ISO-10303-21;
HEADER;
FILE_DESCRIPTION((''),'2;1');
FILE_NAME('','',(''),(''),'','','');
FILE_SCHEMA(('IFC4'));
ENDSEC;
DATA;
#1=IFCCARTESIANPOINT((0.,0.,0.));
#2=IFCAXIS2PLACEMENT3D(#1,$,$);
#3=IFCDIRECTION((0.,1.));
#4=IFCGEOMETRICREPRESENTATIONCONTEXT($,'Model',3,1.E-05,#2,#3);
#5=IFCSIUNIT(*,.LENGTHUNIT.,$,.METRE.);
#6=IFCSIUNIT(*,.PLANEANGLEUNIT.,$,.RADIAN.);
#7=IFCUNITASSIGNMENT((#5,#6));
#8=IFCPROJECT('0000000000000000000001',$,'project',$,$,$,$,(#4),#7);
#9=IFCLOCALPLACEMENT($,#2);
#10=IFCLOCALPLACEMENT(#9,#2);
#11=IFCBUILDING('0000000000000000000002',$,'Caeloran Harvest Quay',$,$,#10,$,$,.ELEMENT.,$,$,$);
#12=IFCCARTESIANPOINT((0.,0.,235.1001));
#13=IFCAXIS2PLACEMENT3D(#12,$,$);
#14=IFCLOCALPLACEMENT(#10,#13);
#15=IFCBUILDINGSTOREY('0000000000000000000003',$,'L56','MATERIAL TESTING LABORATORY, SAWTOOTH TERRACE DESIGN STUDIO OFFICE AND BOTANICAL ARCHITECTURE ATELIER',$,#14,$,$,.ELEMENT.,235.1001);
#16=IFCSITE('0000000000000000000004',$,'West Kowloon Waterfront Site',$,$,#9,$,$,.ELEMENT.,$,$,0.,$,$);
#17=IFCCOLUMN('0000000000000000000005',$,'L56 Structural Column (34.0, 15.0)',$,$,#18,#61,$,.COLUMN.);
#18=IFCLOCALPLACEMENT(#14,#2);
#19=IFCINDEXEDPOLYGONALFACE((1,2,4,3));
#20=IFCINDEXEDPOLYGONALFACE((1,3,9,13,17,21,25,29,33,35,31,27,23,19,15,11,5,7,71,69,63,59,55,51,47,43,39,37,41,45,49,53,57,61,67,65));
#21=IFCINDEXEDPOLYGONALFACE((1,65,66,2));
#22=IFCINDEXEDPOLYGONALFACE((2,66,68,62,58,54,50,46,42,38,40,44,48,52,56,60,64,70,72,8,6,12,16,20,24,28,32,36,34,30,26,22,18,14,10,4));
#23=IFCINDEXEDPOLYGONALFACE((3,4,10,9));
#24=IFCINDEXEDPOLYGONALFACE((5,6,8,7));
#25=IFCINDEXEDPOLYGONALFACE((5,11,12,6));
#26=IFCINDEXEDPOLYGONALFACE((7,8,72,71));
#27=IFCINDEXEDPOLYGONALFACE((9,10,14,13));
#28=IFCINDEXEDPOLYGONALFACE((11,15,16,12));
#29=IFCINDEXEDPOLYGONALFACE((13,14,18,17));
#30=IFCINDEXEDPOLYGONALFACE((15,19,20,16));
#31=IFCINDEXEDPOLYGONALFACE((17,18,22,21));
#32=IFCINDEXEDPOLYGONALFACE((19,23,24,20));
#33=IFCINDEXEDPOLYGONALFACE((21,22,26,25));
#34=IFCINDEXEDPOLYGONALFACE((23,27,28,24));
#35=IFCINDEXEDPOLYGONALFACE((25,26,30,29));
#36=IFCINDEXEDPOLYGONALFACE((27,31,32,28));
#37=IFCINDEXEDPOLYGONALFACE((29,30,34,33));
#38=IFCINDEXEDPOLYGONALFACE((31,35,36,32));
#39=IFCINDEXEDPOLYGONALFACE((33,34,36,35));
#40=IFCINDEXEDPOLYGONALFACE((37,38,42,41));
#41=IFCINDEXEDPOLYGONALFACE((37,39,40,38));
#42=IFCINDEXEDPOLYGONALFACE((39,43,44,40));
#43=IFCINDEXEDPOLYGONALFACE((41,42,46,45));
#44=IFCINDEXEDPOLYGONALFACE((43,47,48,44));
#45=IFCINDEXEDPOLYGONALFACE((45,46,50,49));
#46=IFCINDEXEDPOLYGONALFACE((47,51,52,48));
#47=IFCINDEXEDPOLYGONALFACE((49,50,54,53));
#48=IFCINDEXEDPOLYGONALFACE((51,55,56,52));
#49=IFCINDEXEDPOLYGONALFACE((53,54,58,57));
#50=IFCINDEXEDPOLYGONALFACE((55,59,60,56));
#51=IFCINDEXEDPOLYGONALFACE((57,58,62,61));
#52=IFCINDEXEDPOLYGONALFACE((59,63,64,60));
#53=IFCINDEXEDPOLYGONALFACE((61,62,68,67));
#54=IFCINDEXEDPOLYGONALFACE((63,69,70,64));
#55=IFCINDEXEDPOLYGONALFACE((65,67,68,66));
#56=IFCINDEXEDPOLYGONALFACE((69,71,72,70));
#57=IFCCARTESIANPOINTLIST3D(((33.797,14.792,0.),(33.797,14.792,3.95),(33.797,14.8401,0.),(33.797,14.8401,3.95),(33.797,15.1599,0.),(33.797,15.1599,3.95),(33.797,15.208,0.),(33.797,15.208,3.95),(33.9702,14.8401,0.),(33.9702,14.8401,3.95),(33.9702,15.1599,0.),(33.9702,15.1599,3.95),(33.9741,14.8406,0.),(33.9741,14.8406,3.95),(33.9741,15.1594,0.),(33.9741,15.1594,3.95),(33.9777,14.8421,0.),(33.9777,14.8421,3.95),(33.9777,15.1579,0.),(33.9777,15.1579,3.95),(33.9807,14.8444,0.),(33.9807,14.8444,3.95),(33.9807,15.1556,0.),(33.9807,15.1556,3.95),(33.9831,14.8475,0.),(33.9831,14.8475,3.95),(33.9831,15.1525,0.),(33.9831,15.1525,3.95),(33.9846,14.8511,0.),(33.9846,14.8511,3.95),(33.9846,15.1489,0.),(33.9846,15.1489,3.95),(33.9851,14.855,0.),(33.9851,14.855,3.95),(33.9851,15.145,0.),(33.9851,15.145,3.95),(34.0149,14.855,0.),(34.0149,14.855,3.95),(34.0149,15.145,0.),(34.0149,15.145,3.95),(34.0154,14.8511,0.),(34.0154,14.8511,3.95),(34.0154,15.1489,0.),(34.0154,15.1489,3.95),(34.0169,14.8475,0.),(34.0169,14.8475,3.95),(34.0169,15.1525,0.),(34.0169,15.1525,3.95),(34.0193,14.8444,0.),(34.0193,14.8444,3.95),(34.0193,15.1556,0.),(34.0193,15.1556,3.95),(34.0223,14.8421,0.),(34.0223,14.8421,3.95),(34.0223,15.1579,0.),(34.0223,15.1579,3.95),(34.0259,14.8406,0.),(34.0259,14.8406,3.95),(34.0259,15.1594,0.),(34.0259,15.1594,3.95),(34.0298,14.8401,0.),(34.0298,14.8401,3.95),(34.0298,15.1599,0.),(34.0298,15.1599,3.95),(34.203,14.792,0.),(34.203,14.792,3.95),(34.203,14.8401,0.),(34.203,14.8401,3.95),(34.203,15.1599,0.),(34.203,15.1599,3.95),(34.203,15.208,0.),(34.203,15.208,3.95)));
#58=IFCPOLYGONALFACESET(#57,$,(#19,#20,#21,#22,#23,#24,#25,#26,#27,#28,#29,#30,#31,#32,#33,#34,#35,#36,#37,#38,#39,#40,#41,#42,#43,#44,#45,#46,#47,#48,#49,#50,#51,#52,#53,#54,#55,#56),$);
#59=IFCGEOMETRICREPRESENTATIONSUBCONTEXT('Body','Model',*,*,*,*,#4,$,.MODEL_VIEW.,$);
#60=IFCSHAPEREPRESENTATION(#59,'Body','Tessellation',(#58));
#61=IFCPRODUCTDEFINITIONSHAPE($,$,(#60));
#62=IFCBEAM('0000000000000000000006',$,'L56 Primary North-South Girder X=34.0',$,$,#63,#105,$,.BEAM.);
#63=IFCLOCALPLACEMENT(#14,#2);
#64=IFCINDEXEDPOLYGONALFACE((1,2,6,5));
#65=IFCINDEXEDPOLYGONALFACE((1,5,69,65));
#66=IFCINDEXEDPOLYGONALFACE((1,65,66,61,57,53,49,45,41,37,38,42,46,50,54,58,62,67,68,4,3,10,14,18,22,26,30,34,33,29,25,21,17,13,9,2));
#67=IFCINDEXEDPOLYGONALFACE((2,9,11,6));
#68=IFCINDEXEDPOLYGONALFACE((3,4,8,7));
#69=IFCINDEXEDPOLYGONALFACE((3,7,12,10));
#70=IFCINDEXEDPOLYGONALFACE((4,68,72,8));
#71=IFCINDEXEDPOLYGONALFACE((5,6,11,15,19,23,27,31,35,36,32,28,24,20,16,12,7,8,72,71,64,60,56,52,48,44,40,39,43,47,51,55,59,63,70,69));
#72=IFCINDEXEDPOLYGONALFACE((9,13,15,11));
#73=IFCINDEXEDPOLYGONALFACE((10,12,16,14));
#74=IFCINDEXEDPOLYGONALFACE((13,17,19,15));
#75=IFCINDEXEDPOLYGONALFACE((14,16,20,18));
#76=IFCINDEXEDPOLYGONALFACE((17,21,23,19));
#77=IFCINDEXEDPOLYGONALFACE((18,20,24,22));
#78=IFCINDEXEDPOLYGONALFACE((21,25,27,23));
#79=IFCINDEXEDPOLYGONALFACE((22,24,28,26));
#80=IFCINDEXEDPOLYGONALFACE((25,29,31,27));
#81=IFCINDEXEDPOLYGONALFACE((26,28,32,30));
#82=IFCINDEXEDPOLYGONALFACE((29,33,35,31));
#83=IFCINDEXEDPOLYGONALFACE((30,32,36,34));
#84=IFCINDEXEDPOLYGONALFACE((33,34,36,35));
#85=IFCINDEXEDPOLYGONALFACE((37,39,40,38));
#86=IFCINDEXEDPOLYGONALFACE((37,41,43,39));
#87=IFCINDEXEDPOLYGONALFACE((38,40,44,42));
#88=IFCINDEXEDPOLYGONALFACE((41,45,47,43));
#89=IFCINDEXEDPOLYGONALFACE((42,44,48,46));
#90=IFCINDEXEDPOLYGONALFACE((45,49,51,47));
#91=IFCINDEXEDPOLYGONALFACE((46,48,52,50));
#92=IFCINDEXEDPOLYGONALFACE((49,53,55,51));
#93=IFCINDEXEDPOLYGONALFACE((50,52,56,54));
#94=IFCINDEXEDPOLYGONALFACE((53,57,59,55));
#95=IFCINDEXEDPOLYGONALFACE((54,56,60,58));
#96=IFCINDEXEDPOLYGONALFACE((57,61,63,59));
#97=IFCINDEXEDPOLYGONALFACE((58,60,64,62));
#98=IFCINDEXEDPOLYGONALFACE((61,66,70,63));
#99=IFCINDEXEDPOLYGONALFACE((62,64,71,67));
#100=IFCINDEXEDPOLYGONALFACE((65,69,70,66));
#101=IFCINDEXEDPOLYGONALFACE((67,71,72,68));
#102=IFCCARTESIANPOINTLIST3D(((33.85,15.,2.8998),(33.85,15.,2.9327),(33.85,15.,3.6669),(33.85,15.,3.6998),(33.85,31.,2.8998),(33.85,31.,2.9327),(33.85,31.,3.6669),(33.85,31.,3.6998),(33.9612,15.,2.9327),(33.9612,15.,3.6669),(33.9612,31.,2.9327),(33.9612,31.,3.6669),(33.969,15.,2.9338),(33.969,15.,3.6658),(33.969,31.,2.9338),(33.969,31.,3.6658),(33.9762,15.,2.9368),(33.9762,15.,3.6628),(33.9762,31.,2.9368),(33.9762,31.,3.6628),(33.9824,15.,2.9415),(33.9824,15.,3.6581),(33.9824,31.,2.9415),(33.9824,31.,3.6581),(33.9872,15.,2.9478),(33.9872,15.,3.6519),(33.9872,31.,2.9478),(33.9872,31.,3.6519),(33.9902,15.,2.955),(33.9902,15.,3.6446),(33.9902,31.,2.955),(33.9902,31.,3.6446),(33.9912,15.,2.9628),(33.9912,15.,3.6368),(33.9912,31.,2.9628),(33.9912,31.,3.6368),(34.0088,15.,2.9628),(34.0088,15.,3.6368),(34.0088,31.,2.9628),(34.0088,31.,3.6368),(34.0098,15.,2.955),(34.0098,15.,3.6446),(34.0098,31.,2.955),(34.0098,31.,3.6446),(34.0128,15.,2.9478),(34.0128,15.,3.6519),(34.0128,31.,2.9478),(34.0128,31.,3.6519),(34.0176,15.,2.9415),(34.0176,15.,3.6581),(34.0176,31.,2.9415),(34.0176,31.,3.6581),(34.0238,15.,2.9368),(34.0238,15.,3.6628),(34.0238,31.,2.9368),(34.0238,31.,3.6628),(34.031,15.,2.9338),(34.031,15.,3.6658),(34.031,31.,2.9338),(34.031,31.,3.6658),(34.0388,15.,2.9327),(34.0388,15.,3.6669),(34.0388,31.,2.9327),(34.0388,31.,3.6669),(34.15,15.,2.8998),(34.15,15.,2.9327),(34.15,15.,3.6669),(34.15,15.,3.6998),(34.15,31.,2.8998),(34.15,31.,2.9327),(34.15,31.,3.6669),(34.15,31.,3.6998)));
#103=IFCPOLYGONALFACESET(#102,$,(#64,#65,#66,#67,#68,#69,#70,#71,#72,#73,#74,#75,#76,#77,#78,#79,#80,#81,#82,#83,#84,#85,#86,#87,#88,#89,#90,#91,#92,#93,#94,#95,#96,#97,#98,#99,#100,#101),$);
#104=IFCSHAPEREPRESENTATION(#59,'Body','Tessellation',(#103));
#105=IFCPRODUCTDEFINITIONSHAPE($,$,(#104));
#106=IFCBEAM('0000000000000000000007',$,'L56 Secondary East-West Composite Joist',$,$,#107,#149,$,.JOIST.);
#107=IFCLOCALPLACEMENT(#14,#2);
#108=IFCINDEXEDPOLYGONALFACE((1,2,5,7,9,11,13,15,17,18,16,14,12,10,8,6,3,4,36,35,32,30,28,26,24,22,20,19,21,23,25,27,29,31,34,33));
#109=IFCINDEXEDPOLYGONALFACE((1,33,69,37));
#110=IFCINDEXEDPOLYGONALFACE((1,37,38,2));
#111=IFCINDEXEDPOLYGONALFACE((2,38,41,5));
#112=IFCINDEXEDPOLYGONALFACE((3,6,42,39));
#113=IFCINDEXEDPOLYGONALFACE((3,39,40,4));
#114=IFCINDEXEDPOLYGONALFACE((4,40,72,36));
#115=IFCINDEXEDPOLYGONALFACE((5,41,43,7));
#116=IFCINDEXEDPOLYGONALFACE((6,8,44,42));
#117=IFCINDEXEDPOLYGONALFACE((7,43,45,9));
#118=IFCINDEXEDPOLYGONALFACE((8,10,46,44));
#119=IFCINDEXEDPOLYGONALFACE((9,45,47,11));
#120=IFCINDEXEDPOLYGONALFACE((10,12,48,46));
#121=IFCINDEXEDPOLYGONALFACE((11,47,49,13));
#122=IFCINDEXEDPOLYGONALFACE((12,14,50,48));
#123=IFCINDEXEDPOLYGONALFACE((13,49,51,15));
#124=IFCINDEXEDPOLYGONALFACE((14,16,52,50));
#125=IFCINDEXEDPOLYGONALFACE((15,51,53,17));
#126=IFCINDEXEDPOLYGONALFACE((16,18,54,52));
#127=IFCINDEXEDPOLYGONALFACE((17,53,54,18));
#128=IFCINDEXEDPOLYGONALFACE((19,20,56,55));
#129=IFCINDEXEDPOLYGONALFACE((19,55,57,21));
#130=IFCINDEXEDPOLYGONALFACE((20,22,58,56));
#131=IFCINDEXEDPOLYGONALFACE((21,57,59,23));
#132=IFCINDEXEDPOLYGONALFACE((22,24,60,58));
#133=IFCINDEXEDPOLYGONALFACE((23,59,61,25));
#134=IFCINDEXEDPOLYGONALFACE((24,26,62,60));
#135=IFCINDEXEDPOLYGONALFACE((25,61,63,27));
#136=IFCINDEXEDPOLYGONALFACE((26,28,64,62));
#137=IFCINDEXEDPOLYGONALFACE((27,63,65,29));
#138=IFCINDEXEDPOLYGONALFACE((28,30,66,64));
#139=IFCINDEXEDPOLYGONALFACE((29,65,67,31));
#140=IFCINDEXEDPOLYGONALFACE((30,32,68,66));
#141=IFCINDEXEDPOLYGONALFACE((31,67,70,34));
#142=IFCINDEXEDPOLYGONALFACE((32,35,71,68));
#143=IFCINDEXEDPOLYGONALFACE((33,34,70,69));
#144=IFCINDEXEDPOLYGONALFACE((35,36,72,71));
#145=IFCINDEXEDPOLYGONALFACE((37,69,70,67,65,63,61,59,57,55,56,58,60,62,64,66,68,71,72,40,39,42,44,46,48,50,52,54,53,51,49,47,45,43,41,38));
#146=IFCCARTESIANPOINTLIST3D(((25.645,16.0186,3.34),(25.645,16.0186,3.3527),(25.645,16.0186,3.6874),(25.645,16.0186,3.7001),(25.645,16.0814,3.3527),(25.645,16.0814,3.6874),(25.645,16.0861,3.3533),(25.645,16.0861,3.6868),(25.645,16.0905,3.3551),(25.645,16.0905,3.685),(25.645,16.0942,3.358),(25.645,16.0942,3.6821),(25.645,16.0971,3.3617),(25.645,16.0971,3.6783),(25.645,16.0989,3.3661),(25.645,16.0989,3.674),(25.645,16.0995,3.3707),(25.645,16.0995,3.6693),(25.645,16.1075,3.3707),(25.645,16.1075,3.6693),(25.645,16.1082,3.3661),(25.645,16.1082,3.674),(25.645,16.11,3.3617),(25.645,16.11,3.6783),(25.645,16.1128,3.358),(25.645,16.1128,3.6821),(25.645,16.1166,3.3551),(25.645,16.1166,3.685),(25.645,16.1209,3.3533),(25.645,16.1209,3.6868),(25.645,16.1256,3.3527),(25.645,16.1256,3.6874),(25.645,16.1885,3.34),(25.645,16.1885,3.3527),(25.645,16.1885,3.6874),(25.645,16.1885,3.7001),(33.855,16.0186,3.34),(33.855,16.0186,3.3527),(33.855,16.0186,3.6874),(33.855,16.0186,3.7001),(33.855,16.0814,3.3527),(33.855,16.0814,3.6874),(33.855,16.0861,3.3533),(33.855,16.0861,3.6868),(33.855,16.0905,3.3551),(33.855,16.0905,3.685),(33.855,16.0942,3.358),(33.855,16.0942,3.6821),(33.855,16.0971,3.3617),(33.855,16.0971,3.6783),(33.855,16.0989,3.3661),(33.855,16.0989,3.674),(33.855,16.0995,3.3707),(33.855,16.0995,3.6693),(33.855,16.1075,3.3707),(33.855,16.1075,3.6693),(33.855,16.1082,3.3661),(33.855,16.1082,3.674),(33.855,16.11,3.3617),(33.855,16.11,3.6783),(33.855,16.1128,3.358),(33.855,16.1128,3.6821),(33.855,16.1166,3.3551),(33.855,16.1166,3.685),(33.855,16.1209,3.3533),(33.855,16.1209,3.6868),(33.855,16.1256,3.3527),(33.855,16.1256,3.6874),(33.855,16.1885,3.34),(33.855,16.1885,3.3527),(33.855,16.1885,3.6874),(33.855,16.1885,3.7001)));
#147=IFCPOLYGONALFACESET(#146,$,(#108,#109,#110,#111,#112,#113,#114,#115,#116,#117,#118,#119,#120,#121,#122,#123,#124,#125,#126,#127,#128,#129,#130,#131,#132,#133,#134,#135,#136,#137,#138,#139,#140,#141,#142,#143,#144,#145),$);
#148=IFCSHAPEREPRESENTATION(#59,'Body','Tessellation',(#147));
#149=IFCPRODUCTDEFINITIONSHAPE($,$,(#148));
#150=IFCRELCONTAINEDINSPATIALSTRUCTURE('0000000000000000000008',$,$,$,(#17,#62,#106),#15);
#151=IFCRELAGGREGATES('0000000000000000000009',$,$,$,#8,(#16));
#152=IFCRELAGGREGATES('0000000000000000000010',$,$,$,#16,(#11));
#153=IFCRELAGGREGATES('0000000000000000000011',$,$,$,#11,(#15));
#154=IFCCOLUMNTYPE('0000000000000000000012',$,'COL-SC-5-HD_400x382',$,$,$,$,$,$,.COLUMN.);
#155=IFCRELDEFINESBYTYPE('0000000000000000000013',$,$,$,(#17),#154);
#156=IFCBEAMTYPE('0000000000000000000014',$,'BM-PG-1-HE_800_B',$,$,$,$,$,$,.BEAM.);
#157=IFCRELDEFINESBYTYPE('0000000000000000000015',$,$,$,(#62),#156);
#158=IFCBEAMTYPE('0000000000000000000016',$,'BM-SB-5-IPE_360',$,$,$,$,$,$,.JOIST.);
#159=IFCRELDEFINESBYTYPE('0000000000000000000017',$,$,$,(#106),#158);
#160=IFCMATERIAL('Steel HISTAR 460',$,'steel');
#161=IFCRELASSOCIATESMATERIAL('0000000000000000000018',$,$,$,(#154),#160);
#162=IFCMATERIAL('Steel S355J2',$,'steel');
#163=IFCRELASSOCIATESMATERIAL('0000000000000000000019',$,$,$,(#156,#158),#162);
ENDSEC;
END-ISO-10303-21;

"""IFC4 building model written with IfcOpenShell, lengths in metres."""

from ifc_helpers import new_model, si_unit, direction, frame, origin, origin_2d, place, context, subcontext, project, spatial, i_section, extrude, material, material_profile, profile_set, type_object, element, save


model = new_model("IFC4")

# Units and contexts
model_context = context("Model", 3, precision=1e-05, world=origin(), true_north=direction((0.0, 1.0)))
body_context = subcontext(model_context, "Body", "Model", "MODEL_VIEW")
ifc_project = project(units=[si_unit("LENGTHUNIT", "METRE"), si_unit("PLANEANGLEUNIT", "RADIAN")], contexts=[model_context])

# Site, building, storey
site_placement = place(None, origin())
site = spatial("IfcSite", under=ifc_project, at=site_placement, Name="West Kowloon Waterfront Site", CompositionType="ELEMENT", RefElevation=0.0)
building_placement = place(site_placement, origin())
building = spatial("IfcBuilding", under=site, at=building_placement, Name="Caeloran Harvest Quay", CompositionType="ELEMENT")
storey_placement = place(building_placement, frame((0.0, 0.0, 235.1001)))
storey = spatial("IfcBuildingStorey", under=building, at=storey_placement, Name="L56", Description="MATERIAL TESTING LABORATORY, SAWTOOTH TERRACE DESIGN STUDIO OFFICE AND BOTANICAL ARCHITECTURE ATELIER", CompositionType="ELEMENT", Elevation=235.1001)

# Column
ifc_material_1 = material(Name="Steel HISTAR 460", Category="steel")
ifc_material_profile_1 = material_profile(ifc_material_1, i_section(OverallWidth=0.406, OverallDepth=0.416, WebThickness=0.0298, FlangeThickness=0.0481, FilletRadius=0.0149, at=origin_2d()), Name="HD 400x382")
ifc_profile_set_1 = profile_set([ifc_material_profile_1], Name="Steel HISTAR 460")
column_type = type_object("IfcColumnType", Name="COL-SC-5-HD_400x382", PredefinedType="COLUMN", material=ifc_profile_set_1)
column_placement = place(storey_placement, frame((34.0, 15.0, 0.0), z_axis=(0.0, 0.0, 1.0), x_axis=(1.0, 0.0, 0.0)))
element("IfcColumn", 1, at=column_placement, inside=storey, type_object=column_type, Name="L56 Structural Column (34.0, 15.0)", PredefinedType="COLUMN", context=body_context, shape_type="SweptSolid", body=[
    extrude(i_section(OverallWidth=0.406, OverallDepth=0.416, WebThickness=0.0298, FlangeThickness=0.0481, FilletRadius=0.0149, at=origin_2d()), origin(), (0.0, 0.0, 1.0), 3.95),
])

# Beams
ifc_material_2 = material(Name="Steel S355J2", Category="steel")
ifc_material_profile_2 = material_profile(ifc_material_2, i_section(OverallWidth=0.3, OverallDepth=0.8, WebThickness=0.0176, FlangeThickness=0.033, FilletRadius=0.03, at=origin_2d()), Name="HE 800 B")
ifc_profile_set_2 = profile_set([ifc_material_profile_2], Name="Steel S355J2")
beam_type_1 = type_object("IfcBeamType", Name="BM-PG-1-HE_800_B", PredefinedType="BEAM", material=ifc_profile_set_2)
beam_1_placement = place(storey_placement, frame((34.0, 15.0, 3.2998), z_axis=(0.0, 1.0, 0.0), x_axis=(-1.0, 0.0, 0.0)))
element("IfcBeam", 2, at=beam_1_placement, inside=storey, type_object=beam_type_1, Name="L56 Primary North-South Girder X=34.0", PredefinedType="BEAM", context=body_context, shape_type="SweptSolid", body=[
    extrude(i_section(OverallWidth=0.3, OverallDepth=0.8, WebThickness=0.0176, FlangeThickness=0.033, FilletRadius=0.03, at=origin_2d()), origin(), (0.0, 0.0, 1.0), 16.0),
])
ifc_material_profile_3 = material_profile(ifc_material_2, i_section(OverallWidth=0.1699, OverallDepth=0.3601, WebThickness=0.0081, FlangeThickness=0.0127, FilletRadius=0.0181, at=origin_2d()), Name="IPE 360")
ifc_profile_set_3 = profile_set([ifc_material_profile_3], Name="Steel S355J2")
beam_type_2 = type_object("IfcBeamType", Name="BM-SB-5-IPE_360", PredefinedType="JOIST", material=ifc_profile_set_3)
beam_2_placement = place(storey_placement, frame((25.645, 16.1035, 3.52), z_axis=(1.0, 0.0, 0.0), x_axis=(0.0, 1.0, 0.0)))
element("IfcBeam", 3, at=beam_2_placement, inside=storey, type_object=beam_type_2, Name="L56 Secondary East-West Composite Joist", PredefinedType="JOIST", context=body_context, shape_type="SweptSolid", body=[
    extrude(i_section(OverallWidth=0.1699, OverallDepth=0.3601, WebThickness=0.0081, FlangeThickness=0.0127, FilletRadius=0.0181, at=origin_2d()), origin(), (0.0, 0.0, 1.0), 8.21),
])

save(model, "model.ifc")
